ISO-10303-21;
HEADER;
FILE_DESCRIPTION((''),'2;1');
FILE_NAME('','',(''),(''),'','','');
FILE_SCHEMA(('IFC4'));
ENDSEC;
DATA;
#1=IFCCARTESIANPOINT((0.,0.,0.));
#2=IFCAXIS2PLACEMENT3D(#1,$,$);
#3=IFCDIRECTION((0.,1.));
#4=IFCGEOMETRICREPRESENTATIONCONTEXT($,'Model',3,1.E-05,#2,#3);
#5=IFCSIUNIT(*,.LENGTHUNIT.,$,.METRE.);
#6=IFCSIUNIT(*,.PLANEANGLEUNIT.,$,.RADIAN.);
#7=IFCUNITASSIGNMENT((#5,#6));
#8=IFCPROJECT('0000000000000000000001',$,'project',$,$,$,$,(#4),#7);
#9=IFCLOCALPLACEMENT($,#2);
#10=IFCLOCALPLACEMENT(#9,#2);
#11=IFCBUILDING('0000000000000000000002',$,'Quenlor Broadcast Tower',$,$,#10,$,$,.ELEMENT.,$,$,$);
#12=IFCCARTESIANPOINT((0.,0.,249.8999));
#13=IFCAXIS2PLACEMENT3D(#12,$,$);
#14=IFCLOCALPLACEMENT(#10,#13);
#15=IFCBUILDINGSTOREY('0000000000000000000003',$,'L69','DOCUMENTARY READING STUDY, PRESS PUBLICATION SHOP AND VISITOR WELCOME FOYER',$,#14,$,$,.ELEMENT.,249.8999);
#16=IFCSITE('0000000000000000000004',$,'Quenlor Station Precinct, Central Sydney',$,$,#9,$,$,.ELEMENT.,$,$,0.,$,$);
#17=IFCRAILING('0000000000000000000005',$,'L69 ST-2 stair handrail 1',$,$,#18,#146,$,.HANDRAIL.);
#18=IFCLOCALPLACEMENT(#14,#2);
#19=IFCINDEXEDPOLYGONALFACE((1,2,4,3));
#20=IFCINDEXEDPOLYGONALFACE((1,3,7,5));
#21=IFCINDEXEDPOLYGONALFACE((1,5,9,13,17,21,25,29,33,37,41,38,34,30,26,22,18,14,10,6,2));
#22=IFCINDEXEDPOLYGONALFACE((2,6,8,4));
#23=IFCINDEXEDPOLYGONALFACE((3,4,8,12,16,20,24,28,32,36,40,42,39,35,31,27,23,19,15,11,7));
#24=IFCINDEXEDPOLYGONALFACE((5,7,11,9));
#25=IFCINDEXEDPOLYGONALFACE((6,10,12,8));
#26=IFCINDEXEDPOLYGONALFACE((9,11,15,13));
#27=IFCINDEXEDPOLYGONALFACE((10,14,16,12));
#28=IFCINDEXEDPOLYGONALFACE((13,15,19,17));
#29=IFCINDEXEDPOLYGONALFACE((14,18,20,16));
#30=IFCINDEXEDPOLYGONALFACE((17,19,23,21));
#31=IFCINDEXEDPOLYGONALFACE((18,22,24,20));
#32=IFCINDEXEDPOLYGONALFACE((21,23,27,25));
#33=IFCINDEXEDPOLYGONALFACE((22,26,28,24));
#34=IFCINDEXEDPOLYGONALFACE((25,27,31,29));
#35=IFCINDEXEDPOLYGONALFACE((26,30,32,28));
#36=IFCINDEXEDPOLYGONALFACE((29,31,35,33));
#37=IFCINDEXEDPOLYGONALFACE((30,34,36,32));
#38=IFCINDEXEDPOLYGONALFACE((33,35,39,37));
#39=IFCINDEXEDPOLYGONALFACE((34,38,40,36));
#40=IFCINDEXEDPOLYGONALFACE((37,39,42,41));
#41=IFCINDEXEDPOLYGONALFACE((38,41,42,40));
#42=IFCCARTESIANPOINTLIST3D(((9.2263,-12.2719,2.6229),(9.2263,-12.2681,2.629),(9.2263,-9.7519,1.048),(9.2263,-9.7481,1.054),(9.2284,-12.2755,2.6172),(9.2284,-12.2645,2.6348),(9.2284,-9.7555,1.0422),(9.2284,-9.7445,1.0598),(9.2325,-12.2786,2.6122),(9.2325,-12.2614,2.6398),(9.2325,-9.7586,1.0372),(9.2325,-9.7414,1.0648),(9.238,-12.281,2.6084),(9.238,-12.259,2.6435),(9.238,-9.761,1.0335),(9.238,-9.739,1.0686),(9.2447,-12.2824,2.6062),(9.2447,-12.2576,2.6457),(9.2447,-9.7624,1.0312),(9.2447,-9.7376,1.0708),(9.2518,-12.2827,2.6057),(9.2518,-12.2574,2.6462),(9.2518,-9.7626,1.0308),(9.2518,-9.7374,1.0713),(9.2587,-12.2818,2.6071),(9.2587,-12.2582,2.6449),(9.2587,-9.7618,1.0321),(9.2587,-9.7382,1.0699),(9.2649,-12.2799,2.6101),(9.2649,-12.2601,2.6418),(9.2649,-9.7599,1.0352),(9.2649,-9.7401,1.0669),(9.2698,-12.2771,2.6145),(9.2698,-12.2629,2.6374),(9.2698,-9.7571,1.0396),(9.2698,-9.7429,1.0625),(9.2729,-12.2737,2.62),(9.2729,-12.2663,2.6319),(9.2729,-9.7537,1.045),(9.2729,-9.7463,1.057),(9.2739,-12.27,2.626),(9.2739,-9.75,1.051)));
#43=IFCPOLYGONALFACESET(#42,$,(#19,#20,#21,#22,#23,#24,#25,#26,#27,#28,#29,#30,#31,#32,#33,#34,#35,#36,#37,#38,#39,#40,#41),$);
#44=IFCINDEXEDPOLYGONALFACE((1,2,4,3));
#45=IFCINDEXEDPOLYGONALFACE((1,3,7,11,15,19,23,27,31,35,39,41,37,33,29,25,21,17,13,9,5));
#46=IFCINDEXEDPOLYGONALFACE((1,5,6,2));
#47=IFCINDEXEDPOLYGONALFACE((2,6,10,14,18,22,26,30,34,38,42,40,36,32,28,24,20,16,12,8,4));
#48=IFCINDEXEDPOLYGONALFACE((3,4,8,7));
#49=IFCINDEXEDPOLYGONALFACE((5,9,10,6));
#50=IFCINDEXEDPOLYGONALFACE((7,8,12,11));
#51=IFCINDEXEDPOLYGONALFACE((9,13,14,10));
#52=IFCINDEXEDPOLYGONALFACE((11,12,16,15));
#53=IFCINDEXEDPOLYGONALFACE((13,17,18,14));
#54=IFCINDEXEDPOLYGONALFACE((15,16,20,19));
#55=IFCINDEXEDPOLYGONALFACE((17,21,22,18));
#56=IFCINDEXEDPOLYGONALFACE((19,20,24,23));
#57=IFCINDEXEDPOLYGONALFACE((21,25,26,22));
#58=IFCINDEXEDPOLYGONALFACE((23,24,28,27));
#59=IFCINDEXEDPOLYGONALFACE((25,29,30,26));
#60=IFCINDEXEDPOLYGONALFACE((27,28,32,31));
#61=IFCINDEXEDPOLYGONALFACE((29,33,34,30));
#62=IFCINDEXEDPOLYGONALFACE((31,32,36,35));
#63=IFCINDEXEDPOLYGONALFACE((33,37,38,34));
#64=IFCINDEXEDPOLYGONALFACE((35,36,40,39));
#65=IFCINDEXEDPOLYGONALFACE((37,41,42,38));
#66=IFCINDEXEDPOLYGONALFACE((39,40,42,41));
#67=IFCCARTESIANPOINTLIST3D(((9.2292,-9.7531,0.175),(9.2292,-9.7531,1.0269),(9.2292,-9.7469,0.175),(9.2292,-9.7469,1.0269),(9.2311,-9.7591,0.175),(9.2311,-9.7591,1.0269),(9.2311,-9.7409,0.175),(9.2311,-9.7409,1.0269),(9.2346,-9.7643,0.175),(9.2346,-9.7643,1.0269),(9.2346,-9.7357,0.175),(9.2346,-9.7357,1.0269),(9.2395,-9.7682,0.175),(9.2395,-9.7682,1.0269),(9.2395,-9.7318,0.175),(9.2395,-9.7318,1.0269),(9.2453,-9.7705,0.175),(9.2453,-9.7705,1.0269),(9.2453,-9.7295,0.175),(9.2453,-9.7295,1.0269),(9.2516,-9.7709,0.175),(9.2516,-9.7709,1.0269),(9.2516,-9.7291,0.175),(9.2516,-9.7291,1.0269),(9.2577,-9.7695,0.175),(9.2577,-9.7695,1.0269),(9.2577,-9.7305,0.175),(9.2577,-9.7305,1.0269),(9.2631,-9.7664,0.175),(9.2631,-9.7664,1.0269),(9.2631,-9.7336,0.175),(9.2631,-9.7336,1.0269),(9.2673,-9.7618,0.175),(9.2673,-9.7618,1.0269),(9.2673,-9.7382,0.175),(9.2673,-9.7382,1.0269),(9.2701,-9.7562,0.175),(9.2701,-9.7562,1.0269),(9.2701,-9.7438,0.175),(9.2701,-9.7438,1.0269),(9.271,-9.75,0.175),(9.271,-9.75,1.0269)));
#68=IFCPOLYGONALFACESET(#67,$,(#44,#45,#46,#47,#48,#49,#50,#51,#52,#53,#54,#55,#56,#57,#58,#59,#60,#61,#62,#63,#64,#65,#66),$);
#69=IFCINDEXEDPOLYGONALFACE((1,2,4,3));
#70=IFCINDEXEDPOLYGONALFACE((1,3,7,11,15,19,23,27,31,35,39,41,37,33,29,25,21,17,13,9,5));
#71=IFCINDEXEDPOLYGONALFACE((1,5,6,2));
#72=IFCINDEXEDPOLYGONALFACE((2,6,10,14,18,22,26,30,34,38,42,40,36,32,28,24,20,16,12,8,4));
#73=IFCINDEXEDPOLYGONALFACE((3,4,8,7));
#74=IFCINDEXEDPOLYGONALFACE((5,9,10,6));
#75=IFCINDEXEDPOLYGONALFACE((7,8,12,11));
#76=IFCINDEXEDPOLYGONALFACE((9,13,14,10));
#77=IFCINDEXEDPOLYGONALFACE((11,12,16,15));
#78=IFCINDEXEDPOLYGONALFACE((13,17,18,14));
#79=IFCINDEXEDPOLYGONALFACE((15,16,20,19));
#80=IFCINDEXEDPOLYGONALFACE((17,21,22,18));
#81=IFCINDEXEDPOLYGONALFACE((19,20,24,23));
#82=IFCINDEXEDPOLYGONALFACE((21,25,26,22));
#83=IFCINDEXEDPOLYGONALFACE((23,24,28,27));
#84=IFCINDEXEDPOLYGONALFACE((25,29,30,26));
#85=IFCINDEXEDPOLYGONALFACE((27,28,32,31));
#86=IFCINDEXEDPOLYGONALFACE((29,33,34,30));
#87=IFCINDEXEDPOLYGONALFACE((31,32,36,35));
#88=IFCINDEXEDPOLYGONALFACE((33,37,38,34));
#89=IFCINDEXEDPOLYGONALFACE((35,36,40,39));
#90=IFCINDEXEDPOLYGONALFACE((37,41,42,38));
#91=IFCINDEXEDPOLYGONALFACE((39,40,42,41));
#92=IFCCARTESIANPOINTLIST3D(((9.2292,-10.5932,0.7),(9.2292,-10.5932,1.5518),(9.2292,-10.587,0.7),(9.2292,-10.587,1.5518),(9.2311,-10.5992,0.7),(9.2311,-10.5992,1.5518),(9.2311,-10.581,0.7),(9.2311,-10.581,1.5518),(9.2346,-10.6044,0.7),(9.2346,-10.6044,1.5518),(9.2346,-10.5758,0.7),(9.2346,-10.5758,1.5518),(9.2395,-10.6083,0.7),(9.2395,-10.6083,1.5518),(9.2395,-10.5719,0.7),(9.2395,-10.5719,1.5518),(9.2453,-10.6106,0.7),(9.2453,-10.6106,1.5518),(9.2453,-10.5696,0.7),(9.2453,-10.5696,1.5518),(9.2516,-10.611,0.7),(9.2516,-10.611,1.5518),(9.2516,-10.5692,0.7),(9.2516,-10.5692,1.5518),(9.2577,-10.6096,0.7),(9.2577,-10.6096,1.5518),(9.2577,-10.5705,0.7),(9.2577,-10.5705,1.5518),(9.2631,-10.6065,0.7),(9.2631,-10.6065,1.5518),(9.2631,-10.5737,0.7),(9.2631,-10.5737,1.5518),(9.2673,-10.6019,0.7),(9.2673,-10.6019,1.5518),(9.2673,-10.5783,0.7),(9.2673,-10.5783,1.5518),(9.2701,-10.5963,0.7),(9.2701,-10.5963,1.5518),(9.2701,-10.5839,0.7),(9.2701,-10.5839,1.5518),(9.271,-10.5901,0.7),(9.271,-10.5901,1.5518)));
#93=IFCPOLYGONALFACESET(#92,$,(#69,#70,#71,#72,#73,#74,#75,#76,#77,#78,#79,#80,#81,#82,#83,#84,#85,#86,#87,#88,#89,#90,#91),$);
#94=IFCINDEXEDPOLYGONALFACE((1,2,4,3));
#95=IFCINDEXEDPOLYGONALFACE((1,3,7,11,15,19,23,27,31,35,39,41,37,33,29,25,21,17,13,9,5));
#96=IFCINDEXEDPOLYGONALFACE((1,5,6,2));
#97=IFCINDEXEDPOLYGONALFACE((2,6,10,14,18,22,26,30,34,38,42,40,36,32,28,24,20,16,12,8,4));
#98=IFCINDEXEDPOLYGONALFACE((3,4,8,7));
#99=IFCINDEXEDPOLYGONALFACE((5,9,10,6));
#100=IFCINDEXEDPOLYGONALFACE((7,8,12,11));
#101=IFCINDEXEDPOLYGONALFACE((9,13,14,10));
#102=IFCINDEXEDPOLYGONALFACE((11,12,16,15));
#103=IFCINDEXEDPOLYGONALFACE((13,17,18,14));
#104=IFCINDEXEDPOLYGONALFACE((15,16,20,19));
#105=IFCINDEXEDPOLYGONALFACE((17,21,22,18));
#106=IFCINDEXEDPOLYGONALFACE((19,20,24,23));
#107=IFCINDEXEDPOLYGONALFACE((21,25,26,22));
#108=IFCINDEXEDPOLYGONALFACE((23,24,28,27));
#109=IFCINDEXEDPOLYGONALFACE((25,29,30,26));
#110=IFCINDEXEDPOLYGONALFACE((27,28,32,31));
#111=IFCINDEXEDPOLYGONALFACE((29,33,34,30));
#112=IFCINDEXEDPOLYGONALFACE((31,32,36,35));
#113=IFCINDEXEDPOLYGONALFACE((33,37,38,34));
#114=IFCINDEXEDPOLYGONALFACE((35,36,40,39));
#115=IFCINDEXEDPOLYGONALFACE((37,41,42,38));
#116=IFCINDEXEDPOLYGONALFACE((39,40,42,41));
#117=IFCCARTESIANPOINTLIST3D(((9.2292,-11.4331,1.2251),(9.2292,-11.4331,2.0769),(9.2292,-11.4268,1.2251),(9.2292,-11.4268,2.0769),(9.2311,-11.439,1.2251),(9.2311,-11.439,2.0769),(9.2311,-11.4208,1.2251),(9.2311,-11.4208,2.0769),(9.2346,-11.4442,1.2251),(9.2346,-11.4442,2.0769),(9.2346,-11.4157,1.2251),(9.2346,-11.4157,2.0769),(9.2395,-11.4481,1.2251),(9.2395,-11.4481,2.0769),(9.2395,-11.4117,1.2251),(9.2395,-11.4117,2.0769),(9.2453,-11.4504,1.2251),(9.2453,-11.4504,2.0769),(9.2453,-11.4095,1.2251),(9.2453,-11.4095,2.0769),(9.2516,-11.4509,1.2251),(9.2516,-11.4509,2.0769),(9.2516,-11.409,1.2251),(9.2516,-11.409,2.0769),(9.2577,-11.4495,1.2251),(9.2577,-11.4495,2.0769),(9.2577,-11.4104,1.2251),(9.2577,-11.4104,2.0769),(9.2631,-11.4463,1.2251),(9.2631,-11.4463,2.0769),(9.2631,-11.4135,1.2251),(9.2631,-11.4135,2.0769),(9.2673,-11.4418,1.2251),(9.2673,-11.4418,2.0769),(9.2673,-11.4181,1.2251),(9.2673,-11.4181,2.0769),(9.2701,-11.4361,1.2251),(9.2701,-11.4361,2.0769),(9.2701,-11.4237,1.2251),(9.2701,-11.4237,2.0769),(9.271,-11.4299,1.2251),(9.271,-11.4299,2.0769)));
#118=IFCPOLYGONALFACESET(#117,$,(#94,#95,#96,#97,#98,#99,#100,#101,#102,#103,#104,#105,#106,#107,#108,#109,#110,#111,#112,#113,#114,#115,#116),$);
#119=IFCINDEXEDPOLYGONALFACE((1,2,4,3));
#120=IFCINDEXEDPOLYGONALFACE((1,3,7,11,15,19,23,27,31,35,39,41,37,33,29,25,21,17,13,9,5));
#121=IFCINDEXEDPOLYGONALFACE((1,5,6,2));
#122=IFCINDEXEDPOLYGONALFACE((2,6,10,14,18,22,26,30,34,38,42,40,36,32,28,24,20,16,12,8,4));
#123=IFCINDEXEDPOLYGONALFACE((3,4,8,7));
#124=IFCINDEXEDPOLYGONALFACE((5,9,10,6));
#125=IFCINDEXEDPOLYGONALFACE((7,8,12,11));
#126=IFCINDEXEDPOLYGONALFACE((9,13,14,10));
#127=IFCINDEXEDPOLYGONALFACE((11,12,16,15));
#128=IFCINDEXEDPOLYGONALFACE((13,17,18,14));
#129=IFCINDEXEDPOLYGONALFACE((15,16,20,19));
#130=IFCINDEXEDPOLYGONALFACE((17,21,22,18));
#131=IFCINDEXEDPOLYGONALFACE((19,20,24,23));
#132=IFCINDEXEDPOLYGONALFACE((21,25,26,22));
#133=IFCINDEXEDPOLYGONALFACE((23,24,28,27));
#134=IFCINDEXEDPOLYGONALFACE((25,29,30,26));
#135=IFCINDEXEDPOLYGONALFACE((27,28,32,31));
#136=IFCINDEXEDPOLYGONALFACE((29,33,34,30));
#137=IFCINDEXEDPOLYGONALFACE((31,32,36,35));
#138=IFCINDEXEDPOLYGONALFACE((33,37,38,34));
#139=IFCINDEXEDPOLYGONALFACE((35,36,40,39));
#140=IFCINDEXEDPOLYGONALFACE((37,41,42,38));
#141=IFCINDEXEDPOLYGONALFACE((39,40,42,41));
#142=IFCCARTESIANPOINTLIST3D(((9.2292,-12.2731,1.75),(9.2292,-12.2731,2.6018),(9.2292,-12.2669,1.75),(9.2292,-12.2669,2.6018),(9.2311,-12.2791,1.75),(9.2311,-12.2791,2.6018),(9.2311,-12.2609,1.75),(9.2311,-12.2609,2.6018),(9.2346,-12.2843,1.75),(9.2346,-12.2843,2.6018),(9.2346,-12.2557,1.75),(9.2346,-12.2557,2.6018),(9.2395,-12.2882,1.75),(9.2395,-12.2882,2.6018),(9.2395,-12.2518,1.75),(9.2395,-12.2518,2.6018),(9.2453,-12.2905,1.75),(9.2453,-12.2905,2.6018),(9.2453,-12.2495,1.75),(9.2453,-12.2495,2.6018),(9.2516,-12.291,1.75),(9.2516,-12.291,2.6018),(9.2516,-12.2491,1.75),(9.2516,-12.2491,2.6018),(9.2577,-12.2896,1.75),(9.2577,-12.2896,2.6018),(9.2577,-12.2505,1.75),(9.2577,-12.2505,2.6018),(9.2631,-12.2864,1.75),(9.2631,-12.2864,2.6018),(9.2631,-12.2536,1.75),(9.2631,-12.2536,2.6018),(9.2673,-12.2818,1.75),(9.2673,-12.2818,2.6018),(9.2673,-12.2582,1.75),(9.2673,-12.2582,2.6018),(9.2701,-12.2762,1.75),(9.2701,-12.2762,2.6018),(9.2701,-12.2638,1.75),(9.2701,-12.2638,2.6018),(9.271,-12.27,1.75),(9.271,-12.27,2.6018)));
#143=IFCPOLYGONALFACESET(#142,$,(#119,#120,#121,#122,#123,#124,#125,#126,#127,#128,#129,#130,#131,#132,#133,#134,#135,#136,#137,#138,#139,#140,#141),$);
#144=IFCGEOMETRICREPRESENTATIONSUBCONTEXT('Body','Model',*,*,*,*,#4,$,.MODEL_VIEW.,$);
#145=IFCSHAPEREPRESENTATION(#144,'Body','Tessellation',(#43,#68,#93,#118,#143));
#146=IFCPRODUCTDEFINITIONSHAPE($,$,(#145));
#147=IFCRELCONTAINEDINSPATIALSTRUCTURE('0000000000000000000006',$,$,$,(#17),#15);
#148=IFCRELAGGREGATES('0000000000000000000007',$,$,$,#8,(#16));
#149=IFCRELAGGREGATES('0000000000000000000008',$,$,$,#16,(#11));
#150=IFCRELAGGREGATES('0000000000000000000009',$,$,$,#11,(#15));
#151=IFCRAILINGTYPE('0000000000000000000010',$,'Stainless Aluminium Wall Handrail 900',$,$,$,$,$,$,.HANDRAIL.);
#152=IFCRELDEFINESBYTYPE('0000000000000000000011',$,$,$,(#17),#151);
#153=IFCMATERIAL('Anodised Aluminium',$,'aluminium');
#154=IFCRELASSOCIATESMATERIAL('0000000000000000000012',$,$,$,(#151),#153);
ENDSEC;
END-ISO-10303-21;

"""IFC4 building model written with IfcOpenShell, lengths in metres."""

from ifc_helpers import new_model, si_unit, direction, frame, origin, origin_2d, place, context, subcontext, project, spatial, circle, extrude, material, type_object, element, save


model = new_model("IFC4")

# Units and contexts
model_context = context("Model", 3, precision=1e-05, world=origin(), true_north=direction((0.0, 1.0)))
body_context = subcontext(model_context, "Body", "Model", "MODEL_VIEW")
ifc_project = project(units=[si_unit("LENGTHUNIT", "METRE"), si_unit("PLANEANGLEUNIT", "RADIAN")], contexts=[model_context])

# Site, building, storey
site_placement = place(None, origin())
site = spatial("IfcSite", under=ifc_project, at=site_placement, Name="Quenlor Station Precinct, Central Sydney", CompositionType="ELEMENT", RefElevation=0.0)
building_placement = place(site_placement, origin())
building = spatial("IfcBuilding", under=site, at=building_placement, Name="Quenlor Broadcast Tower", CompositionType="ELEMENT")
storey_placement = place(building_placement, frame((0.0, 0.0, 249.8999)))
storey = spatial("IfcBuildingStorey", under=building, at=storey_placement, Name="L69", Description="DOCUMENTARY READING STUDY, PRESS PUBLICATION SHOP AND VISITOR WELCOME FOYER", CompositionType="ELEMENT", Elevation=249.8999)

# Railing
ifc_material_1 = material(Name="Anodised Aluminium", Category="aluminium")
railing_type_1 = type_object("IfcRailingType", Name="Stainless Aluminium Wall Handrail 900", PredefinedType="HANDRAIL", material=ifc_material_1)
railing_1_placement = place(storey_placement, frame((9.25, -9.75, 0.175)))
element("IfcRailing", 1, at=railing_1_placement, inside=storey, type_object=railing_type_1, Name="L69 ST-2 stair handrail 1", PredefinedType="HANDRAIL", context=body_context, shape_type="SweptSolid", body=[
    extrude(circle(Radius=0.0239, at=origin_2d()), frame((0.0, 0.0, 0.876), z_axis=(0.0, -0.848008, 0.529984), x_axis=(1.0, 0.0, 0.0)), (0.0, 0.0, 1.0), 2.9717),
    extrude(circle(Radius=0.021, at=origin_2d()), origin(), (0.0, 0.0, 1.0), 0.8518),
    extrude(circle(Radius=0.021, at=origin_2d()), frame((0.0, -0.8401, 0.5249)), (0.0, 0.0, 1.0), 0.8518),
    extrude(circle(Radius=0.021, at=origin_2d()), frame((0.0, -1.6799, 1.05)), (0.0, 0.0, 1.0), 0.8518),
    extrude(circle(Radius=0.021, at=origin_2d()), frame((0.0, -2.52, 1.575)), (0.0, 0.0, 1.0), 0.8518),
])

save(model, "model.ifc")
